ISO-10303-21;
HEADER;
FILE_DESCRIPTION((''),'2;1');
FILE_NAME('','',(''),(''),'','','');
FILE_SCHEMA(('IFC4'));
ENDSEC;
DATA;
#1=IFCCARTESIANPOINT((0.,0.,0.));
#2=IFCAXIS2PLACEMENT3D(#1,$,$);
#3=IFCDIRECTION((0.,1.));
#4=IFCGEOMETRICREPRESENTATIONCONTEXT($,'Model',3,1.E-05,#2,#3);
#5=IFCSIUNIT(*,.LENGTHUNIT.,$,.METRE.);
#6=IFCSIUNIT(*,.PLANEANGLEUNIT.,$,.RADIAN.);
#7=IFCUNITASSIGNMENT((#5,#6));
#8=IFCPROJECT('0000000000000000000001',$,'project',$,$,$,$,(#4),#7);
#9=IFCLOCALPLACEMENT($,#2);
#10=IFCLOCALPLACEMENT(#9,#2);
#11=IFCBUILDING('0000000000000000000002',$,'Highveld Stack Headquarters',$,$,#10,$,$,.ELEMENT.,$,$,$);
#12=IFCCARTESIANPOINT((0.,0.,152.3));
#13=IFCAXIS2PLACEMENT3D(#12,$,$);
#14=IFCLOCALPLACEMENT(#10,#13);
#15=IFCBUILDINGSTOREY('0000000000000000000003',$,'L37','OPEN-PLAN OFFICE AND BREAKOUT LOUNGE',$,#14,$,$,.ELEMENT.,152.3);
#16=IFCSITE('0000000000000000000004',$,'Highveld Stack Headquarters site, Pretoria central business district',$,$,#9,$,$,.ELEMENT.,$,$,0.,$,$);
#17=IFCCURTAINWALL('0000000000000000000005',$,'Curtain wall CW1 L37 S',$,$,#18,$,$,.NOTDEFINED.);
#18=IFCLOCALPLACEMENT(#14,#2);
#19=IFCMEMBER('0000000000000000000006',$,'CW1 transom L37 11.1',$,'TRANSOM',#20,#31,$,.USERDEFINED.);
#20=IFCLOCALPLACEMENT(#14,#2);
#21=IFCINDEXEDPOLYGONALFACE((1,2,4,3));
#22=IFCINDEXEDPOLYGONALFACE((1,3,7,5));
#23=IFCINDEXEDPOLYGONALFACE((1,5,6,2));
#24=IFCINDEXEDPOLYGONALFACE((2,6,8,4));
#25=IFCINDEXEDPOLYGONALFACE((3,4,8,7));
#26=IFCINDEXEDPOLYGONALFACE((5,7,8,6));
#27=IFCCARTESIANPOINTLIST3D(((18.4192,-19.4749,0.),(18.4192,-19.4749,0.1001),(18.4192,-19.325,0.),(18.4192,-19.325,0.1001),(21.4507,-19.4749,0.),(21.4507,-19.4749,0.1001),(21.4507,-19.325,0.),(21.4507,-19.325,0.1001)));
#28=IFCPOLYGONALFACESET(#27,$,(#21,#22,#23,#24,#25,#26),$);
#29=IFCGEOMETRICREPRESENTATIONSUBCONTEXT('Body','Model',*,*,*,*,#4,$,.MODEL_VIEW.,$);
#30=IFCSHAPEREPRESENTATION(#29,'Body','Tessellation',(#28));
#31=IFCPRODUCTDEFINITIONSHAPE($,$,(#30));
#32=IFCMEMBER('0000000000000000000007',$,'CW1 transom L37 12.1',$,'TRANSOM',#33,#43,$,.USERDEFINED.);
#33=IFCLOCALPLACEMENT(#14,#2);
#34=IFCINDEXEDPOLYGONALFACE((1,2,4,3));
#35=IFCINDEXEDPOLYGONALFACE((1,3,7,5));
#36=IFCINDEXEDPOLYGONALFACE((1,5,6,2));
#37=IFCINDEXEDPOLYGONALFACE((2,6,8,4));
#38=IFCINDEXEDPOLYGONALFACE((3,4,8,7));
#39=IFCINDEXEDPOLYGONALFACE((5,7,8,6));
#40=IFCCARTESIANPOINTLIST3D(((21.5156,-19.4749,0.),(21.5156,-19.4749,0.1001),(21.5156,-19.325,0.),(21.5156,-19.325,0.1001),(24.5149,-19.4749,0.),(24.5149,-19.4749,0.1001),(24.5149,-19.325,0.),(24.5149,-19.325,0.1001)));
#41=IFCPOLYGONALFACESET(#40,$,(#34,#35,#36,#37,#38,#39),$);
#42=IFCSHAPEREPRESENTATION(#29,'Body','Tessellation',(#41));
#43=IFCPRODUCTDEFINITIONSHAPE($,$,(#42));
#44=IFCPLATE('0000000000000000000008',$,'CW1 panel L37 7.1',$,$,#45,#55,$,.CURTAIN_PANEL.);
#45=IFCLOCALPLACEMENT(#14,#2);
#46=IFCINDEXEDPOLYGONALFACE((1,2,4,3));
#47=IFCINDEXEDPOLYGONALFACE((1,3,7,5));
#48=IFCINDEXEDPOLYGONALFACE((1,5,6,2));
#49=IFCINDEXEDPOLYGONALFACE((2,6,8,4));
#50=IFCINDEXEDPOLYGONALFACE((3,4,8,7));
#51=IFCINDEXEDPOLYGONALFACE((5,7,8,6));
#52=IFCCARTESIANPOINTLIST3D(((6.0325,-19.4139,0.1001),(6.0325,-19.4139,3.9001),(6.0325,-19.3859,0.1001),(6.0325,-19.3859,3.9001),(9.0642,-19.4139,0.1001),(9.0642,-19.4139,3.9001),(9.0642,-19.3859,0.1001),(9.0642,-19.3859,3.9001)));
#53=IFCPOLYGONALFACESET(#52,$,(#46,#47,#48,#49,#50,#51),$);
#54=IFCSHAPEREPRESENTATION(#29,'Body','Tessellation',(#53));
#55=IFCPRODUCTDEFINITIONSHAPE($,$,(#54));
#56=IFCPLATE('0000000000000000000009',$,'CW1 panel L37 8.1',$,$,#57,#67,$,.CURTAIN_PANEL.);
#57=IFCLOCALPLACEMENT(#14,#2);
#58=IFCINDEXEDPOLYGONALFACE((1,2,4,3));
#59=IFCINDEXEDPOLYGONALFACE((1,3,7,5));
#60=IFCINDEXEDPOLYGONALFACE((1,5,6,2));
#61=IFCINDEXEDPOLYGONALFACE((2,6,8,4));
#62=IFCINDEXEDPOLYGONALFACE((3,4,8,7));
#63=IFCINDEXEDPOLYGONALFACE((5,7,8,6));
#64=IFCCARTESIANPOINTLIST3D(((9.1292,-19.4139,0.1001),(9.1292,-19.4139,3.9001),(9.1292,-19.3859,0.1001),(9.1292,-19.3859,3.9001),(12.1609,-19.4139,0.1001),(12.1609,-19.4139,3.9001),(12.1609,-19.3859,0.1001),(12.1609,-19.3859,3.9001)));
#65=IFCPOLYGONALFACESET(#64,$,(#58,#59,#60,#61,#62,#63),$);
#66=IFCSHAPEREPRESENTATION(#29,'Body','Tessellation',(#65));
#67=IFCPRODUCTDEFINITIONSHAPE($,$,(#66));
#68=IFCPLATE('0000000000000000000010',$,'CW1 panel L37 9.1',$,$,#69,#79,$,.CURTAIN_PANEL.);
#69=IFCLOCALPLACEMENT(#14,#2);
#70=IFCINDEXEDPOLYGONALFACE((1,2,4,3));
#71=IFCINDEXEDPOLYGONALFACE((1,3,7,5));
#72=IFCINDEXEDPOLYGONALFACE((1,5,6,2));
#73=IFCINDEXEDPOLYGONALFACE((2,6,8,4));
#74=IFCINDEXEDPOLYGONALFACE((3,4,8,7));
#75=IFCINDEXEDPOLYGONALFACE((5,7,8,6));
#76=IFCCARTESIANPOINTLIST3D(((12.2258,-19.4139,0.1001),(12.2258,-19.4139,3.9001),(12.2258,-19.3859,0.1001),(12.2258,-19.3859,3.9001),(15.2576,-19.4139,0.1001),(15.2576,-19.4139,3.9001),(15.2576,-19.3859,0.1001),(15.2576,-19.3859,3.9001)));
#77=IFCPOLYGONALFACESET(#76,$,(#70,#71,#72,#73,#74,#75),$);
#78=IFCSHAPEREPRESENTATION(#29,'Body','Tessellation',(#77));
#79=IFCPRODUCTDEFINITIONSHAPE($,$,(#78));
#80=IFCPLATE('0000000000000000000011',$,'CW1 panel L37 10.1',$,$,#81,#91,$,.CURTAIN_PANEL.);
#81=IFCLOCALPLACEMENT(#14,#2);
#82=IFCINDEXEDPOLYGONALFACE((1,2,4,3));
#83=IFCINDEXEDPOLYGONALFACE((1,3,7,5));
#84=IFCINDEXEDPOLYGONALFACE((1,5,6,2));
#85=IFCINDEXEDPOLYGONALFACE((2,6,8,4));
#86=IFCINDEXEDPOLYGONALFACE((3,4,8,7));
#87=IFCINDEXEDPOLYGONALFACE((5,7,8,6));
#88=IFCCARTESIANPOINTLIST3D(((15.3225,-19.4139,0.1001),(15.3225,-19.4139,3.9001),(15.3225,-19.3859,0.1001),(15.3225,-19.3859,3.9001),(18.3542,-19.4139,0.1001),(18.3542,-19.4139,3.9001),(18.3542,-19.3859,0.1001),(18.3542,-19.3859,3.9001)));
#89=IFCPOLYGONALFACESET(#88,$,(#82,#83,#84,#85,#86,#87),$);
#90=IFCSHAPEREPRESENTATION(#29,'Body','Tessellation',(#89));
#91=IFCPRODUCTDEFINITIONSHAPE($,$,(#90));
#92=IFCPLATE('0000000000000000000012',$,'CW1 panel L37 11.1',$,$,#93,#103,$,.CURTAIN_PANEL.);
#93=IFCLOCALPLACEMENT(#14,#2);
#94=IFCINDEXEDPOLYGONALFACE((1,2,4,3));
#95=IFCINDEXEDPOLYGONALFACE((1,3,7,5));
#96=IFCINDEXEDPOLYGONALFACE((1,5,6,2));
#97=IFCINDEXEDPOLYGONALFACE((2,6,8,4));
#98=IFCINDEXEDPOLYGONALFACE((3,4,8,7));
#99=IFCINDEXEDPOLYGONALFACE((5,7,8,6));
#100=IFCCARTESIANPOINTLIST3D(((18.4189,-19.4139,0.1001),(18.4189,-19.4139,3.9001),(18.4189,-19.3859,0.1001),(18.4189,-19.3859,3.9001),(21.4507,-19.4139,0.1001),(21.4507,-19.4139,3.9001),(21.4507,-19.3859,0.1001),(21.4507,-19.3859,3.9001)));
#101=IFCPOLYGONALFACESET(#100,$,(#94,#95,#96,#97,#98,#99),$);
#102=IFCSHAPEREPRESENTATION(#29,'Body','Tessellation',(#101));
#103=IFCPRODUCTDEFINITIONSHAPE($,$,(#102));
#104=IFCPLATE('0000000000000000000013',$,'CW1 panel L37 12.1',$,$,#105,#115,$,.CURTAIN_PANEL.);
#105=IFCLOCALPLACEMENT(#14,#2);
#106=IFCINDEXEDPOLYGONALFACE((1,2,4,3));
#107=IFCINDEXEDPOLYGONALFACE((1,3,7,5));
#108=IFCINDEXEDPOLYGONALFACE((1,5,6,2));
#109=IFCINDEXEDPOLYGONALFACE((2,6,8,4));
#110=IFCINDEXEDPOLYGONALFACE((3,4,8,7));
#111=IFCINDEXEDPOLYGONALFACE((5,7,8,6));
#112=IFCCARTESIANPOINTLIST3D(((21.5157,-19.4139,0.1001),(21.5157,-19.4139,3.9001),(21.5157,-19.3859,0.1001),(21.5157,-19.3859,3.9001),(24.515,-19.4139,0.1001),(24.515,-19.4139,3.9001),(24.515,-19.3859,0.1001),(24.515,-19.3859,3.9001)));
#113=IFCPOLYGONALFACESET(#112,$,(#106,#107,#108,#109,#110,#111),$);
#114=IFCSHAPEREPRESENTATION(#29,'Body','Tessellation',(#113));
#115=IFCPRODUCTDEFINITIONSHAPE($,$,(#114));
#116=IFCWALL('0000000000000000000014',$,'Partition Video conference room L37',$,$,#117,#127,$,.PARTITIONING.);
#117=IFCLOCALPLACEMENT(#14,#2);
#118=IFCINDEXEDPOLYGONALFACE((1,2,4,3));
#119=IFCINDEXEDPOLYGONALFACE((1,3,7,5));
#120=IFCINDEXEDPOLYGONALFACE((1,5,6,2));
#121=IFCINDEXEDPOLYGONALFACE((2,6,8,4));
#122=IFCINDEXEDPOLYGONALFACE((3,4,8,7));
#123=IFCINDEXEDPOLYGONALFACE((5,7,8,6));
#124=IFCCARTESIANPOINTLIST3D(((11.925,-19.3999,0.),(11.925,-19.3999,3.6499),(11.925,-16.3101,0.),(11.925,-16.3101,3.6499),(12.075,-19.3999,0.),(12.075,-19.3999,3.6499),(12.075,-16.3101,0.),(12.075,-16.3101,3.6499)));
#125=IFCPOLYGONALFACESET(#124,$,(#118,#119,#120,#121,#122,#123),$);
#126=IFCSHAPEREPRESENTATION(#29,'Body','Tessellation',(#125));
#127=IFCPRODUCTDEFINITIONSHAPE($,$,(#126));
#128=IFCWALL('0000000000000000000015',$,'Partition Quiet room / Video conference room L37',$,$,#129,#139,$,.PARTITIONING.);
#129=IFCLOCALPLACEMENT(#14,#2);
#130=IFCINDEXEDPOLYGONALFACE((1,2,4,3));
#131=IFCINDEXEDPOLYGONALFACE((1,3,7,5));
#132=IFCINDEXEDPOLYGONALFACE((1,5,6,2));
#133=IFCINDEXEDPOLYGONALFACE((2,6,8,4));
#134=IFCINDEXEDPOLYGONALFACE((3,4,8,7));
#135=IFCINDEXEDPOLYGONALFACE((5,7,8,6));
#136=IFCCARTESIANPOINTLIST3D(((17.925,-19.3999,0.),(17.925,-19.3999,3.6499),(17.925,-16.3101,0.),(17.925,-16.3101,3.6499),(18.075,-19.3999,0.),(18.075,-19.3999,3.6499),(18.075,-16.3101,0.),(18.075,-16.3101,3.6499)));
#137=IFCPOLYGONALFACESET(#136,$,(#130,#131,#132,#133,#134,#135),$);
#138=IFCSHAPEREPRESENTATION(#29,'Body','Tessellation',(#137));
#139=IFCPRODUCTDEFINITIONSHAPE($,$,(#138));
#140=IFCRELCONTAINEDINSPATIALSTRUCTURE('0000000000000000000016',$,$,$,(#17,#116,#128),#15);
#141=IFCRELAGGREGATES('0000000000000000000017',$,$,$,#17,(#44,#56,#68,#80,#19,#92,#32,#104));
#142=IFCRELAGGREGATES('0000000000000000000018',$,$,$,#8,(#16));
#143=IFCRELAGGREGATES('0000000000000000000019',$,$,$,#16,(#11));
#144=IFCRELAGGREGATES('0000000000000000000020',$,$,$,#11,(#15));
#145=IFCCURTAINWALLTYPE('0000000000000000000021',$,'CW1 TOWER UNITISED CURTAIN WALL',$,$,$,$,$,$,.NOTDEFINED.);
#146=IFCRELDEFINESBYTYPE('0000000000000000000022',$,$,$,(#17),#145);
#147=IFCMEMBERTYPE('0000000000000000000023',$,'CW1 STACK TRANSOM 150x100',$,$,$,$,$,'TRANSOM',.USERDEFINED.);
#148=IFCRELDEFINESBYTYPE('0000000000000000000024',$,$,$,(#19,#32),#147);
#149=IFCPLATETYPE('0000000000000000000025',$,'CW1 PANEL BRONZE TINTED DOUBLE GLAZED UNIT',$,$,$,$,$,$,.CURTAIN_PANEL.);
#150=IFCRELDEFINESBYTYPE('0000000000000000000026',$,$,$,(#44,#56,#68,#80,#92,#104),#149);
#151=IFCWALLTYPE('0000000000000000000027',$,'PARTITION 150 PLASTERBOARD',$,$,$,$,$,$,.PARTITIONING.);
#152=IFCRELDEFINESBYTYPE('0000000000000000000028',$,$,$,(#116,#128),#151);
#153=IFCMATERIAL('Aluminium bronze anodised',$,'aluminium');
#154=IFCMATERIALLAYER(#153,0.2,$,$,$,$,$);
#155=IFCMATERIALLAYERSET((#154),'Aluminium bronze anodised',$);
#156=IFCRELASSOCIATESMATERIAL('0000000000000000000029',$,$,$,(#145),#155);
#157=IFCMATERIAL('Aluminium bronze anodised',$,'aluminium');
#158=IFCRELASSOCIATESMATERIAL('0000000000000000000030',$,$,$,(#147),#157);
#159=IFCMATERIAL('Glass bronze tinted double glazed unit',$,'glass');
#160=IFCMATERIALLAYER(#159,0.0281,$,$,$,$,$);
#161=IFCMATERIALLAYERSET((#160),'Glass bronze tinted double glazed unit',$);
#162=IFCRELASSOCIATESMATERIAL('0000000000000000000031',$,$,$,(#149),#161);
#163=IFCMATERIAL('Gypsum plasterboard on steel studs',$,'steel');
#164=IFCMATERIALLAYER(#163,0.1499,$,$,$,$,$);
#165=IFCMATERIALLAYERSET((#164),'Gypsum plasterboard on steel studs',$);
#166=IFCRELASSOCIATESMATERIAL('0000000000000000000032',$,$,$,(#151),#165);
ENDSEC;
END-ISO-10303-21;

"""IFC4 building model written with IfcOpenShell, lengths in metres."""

from ifc_helpers import new_model, si_unit, direction, frame, frame_2d, origin, origin_2d, place, context, subcontext, project, spatial, rectangle, extrude, material, layer, layer_set, material_profile, profile_set, type_object, element, aggregate, save


model = new_model("IFC4")

# Units and contexts
model_context = context("Model", 3, precision=1e-05, world=origin(), true_north=direction((0.0, 1.0)))
body_context = subcontext(model_context, "Body", "Model", "MODEL_VIEW")
ifc_project = project(units=[si_unit("LENGTHUNIT", "METRE"), si_unit("PLANEANGLEUNIT", "RADIAN")], contexts=[model_context])

# Site, building, storey
site_placement = place(None, origin())
site = spatial("IfcSite", under=ifc_project, at=site_placement, Name="Highveld Stack Headquarters site, Pretoria central business district", CompositionType="ELEMENT", RefElevation=0.0)
building_placement = place(site_placement, origin())
building = spatial("IfcBuilding", under=site, at=building_placement, Name="Highveld Stack Headquarters", CompositionType="ELEMENT")
storey_placement = place(building_placement, frame((0.0, 0.0, 152.3)))
storey = spatial("IfcBuildingStorey", under=building, at=storey_placement, Name="L37", Description="OPEN-PLAN OFFICE AND BREAKOUT LOUNGE", CompositionType="ELEMENT", Elevation=152.3)

# Curtain wall, members, plates
ifc_material_1 = material(Name="Aluminium bronze anodised", Category="aluminium")
ifc_layer_1 = layer(ifc_material_1, 0.2)
ifc_layer_set_1 = layer_set([ifc_layer_1], Name="Aluminium bronze anodised")
curtain_wall_type = type_object("IfcCurtainWallType", Name="CW1 TOWER UNITISED CURTAIN WALL", PredefinedType="NOTDEFINED", material=ifc_layer_set_1)
curtain_wall_placement = place(storey_placement, origin())
curtain_wall = element("IfcCurtainWall", 1, at=curtain_wall_placement, inside=storey, type_object=curtain_wall_type, Name="Curtain wall CW1 L37 S", PredefinedType="NOTDEFINED")
ifc_material_2 = material(Name="Aluminium bronze anodised", Category="aluminium")
ifc_material_profile_1 = material_profile(ifc_material_2, rectangle(XDim=0.1499, YDim=0.1001, at=origin_2d()), Name="CW1 TRANSOM 150x100")
ifc_profile_set_1 = profile_set([ifc_material_profile_1], Name="Aluminium bronze anodised")
member_type_1 = type_object("IfcMemberType", Name="CW1 STACK TRANSOM 150x100", ElementType="TRANSOM", PredefinedType="USERDEFINED", material=ifc_profile_set_1)
member_1_placement = place(storey_placement, frame((18.4192, -19.3999, 0.05), z_axis=(1.0, 0.0, 0.0), x_axis=(0.0, 1.0, 0.0)))
member_1 = element("IfcMember", 2, at=member_1_placement, type_object=member_type_1, Name="CW1 transom L37 11.1", ObjectType="TRANSOM", PredefinedType="USERDEFINED", context=body_context, shape_type="SweptSolid", body=[
    extrude(rectangle(XDim=0.1499, YDim=0.1001, at=origin_2d()), origin(), (0.0, 0.0, 1.0), 3.0315),
])
member_2_placement = place(storey_placement, frame((21.5156, -19.3999, 0.05), z_axis=(1.0, 0.0, 0.0), x_axis=(0.0, 1.0, 0.0)))
member_2 = element("IfcMember", 3, at=member_2_placement, type_object=member_type_1, Name="CW1 transom L37 12.1", ObjectType="TRANSOM", PredefinedType="USERDEFINED", context=body_context, shape_type="SweptSolid", body=[
    extrude(rectangle(XDim=0.1499, YDim=0.1001, at=origin_2d()), origin(), (0.0, 0.0, 1.0), 2.9993),
])
ifc_material_3 = material(Name="Glass bronze tinted double glazed unit", Category="glass")
ifc_layer_2 = layer(ifc_material_3, 0.0281)
ifc_layer_set_2 = layer_set([ifc_layer_2], Name="Glass bronze tinted double glazed unit")
plate_type = type_object("IfcPlateType", Name="CW1 PANEL BRONZE TINTED DOUBLE GLAZED UNIT", PredefinedType="CURTAIN_PANEL", material=ifc_layer_set_2)
plate_1_placement = place(storey_placement, frame((7.5483, -19.3999, 0.1001), z_axis=(0.0, 0.0, 1.0), x_axis=(1.0, 0.0, 0.0)))
plate_1 = element("IfcPlate", 4, at=plate_1_placement, type_object=plate_type, Name="CW1 panel L37 7.1", PredefinedType="CURTAIN_PANEL", context=body_context, shape_type="SweptSolid", body=[
    extrude(rectangle(XDim=3.0317, YDim=0.0281, at=origin_2d()), origin(), (0.0, 0.0, 1.0), 3.8),
])
plate_2_placement = place(storey_placement, frame((10.645, -19.3999, 0.1001), z_axis=(0.0, 0.0, 1.0), x_axis=(1.0, 0.0, 0.0)))
plate_2 = element("IfcPlate", 5, at=plate_2_placement, type_object=plate_type, Name="CW1 panel L37 8.1", PredefinedType="CURTAIN_PANEL", context=body_context, shape_type="SweptSolid", body=[
    extrude(rectangle(XDim=3.0317, YDim=0.0281, at=origin_2d()), origin(), (0.0, 0.0, 1.0), 3.8),
])
plate_3_placement = place(storey_placement, frame((13.7417, -19.3999, 0.1001), z_axis=(0.0, 0.0, 1.0), x_axis=(1.0, 0.0, 0.0)))
plate_3 = element("IfcPlate", 6, at=plate_3_placement, type_object=plate_type, Name="CW1 panel L37 9.1", PredefinedType="CURTAIN_PANEL", context=body_context, shape_type="SweptSolid", body=[
    extrude(rectangle(XDim=3.0317, YDim=0.0281, at=origin_2d()), origin(), (0.0, 0.0, 1.0), 3.8),
])
plate_4_placement = place(storey_placement, frame((16.8384, -19.3999, 0.1001), z_axis=(0.0, 0.0, 1.0), x_axis=(1.0, 0.0, 0.0)))
plate_4 = element("IfcPlate", 7, at=plate_4_placement, type_object=plate_type, Name="CW1 panel L37 10.1", PredefinedType="CURTAIN_PANEL", context=body_context, shape_type="SweptSolid", body=[
    extrude(rectangle(XDim=3.0317, YDim=0.0281, at=origin_2d()), origin(), (0.0, 0.0, 1.0), 3.8),
])
plate_5_placement = place(storey_placement, frame((19.9348, -19.3999, 0.1001), z_axis=(0.0, 0.0, 1.0), x_axis=(1.0, 0.0, 0.0)))
plate_5 = element("IfcPlate", 8, at=plate_5_placement, type_object=plate_type, Name="CW1 panel L37 11.1", PredefinedType="CURTAIN_PANEL", context=body_context, shape_type="SweptSolid", body=[
    extrude(rectangle(XDim=3.0317, YDim=0.0281, at=origin_2d()), origin(), (0.0, 0.0, 1.0), 3.8),
])
plate_6_placement = place(storey_placement, frame((23.0154, -19.3999, 0.1001), z_axis=(0.0, 0.0, 1.0), x_axis=(1.0, 0.0, 0.0)))
plate_6 = element("IfcPlate", 9, at=plate_6_placement, type_object=plate_type, Name="CW1 panel L37 12.1", PredefinedType="CURTAIN_PANEL", context=body_context, shape_type="SweptSolid", body=[
    extrude(rectangle(XDim=2.9993, YDim=0.0281, at=origin_2d()), origin(), (0.0, 0.0, 1.0), 3.8),
])
aggregate(curtain_wall, [plate_1, plate_2, plate_3, plate_4, member_1, plate_5, member_2, plate_6])

# Walls
ifc_material_4 = material(Name="Gypsum plasterboard on steel studs", Category="steel")
ifc_layer_3 = layer(ifc_material_4, 0.1499)
ifc_layer_set_3 = layer_set([ifc_layer_3], Name="Gypsum plasterboard on steel studs")
wall_type = type_object("IfcWallType", Name="PARTITION 150 PLASTERBOARD", PredefinedType="PARTITIONING", material=ifc_layer_set_3)
for number, where, z_axis, x_axis, name in (
    (10, (12.0, -19.3999, 0.0), (0.0, 0.0, 1.0), (0.0, 1.0, 0.0), "Partition Video conference room L37"),
    (11, (18.0, -19.3999, 0.0), (0.0, 0.0, 1.0), (0.0, 1.0, 0.0), "Partition Quiet room / Video conference room L37"),
):
    element("IfcWall", number, at=place(storey_placement, frame(where, z_axis=z_axis, x_axis=x_axis)), inside=storey, type_object=wall_type, Name=name, PredefinedType="PARTITIONING", context=body_context, shape_type="SweptSolid", body=[
        extrude(rectangle(XDim=3.0898, YDim=0.1499, at=frame_2d((1.5449, 0.0))), origin(), (0.0, 0.0, 1.0), 3.6499),
    ])

save(model, "model.ifc")
